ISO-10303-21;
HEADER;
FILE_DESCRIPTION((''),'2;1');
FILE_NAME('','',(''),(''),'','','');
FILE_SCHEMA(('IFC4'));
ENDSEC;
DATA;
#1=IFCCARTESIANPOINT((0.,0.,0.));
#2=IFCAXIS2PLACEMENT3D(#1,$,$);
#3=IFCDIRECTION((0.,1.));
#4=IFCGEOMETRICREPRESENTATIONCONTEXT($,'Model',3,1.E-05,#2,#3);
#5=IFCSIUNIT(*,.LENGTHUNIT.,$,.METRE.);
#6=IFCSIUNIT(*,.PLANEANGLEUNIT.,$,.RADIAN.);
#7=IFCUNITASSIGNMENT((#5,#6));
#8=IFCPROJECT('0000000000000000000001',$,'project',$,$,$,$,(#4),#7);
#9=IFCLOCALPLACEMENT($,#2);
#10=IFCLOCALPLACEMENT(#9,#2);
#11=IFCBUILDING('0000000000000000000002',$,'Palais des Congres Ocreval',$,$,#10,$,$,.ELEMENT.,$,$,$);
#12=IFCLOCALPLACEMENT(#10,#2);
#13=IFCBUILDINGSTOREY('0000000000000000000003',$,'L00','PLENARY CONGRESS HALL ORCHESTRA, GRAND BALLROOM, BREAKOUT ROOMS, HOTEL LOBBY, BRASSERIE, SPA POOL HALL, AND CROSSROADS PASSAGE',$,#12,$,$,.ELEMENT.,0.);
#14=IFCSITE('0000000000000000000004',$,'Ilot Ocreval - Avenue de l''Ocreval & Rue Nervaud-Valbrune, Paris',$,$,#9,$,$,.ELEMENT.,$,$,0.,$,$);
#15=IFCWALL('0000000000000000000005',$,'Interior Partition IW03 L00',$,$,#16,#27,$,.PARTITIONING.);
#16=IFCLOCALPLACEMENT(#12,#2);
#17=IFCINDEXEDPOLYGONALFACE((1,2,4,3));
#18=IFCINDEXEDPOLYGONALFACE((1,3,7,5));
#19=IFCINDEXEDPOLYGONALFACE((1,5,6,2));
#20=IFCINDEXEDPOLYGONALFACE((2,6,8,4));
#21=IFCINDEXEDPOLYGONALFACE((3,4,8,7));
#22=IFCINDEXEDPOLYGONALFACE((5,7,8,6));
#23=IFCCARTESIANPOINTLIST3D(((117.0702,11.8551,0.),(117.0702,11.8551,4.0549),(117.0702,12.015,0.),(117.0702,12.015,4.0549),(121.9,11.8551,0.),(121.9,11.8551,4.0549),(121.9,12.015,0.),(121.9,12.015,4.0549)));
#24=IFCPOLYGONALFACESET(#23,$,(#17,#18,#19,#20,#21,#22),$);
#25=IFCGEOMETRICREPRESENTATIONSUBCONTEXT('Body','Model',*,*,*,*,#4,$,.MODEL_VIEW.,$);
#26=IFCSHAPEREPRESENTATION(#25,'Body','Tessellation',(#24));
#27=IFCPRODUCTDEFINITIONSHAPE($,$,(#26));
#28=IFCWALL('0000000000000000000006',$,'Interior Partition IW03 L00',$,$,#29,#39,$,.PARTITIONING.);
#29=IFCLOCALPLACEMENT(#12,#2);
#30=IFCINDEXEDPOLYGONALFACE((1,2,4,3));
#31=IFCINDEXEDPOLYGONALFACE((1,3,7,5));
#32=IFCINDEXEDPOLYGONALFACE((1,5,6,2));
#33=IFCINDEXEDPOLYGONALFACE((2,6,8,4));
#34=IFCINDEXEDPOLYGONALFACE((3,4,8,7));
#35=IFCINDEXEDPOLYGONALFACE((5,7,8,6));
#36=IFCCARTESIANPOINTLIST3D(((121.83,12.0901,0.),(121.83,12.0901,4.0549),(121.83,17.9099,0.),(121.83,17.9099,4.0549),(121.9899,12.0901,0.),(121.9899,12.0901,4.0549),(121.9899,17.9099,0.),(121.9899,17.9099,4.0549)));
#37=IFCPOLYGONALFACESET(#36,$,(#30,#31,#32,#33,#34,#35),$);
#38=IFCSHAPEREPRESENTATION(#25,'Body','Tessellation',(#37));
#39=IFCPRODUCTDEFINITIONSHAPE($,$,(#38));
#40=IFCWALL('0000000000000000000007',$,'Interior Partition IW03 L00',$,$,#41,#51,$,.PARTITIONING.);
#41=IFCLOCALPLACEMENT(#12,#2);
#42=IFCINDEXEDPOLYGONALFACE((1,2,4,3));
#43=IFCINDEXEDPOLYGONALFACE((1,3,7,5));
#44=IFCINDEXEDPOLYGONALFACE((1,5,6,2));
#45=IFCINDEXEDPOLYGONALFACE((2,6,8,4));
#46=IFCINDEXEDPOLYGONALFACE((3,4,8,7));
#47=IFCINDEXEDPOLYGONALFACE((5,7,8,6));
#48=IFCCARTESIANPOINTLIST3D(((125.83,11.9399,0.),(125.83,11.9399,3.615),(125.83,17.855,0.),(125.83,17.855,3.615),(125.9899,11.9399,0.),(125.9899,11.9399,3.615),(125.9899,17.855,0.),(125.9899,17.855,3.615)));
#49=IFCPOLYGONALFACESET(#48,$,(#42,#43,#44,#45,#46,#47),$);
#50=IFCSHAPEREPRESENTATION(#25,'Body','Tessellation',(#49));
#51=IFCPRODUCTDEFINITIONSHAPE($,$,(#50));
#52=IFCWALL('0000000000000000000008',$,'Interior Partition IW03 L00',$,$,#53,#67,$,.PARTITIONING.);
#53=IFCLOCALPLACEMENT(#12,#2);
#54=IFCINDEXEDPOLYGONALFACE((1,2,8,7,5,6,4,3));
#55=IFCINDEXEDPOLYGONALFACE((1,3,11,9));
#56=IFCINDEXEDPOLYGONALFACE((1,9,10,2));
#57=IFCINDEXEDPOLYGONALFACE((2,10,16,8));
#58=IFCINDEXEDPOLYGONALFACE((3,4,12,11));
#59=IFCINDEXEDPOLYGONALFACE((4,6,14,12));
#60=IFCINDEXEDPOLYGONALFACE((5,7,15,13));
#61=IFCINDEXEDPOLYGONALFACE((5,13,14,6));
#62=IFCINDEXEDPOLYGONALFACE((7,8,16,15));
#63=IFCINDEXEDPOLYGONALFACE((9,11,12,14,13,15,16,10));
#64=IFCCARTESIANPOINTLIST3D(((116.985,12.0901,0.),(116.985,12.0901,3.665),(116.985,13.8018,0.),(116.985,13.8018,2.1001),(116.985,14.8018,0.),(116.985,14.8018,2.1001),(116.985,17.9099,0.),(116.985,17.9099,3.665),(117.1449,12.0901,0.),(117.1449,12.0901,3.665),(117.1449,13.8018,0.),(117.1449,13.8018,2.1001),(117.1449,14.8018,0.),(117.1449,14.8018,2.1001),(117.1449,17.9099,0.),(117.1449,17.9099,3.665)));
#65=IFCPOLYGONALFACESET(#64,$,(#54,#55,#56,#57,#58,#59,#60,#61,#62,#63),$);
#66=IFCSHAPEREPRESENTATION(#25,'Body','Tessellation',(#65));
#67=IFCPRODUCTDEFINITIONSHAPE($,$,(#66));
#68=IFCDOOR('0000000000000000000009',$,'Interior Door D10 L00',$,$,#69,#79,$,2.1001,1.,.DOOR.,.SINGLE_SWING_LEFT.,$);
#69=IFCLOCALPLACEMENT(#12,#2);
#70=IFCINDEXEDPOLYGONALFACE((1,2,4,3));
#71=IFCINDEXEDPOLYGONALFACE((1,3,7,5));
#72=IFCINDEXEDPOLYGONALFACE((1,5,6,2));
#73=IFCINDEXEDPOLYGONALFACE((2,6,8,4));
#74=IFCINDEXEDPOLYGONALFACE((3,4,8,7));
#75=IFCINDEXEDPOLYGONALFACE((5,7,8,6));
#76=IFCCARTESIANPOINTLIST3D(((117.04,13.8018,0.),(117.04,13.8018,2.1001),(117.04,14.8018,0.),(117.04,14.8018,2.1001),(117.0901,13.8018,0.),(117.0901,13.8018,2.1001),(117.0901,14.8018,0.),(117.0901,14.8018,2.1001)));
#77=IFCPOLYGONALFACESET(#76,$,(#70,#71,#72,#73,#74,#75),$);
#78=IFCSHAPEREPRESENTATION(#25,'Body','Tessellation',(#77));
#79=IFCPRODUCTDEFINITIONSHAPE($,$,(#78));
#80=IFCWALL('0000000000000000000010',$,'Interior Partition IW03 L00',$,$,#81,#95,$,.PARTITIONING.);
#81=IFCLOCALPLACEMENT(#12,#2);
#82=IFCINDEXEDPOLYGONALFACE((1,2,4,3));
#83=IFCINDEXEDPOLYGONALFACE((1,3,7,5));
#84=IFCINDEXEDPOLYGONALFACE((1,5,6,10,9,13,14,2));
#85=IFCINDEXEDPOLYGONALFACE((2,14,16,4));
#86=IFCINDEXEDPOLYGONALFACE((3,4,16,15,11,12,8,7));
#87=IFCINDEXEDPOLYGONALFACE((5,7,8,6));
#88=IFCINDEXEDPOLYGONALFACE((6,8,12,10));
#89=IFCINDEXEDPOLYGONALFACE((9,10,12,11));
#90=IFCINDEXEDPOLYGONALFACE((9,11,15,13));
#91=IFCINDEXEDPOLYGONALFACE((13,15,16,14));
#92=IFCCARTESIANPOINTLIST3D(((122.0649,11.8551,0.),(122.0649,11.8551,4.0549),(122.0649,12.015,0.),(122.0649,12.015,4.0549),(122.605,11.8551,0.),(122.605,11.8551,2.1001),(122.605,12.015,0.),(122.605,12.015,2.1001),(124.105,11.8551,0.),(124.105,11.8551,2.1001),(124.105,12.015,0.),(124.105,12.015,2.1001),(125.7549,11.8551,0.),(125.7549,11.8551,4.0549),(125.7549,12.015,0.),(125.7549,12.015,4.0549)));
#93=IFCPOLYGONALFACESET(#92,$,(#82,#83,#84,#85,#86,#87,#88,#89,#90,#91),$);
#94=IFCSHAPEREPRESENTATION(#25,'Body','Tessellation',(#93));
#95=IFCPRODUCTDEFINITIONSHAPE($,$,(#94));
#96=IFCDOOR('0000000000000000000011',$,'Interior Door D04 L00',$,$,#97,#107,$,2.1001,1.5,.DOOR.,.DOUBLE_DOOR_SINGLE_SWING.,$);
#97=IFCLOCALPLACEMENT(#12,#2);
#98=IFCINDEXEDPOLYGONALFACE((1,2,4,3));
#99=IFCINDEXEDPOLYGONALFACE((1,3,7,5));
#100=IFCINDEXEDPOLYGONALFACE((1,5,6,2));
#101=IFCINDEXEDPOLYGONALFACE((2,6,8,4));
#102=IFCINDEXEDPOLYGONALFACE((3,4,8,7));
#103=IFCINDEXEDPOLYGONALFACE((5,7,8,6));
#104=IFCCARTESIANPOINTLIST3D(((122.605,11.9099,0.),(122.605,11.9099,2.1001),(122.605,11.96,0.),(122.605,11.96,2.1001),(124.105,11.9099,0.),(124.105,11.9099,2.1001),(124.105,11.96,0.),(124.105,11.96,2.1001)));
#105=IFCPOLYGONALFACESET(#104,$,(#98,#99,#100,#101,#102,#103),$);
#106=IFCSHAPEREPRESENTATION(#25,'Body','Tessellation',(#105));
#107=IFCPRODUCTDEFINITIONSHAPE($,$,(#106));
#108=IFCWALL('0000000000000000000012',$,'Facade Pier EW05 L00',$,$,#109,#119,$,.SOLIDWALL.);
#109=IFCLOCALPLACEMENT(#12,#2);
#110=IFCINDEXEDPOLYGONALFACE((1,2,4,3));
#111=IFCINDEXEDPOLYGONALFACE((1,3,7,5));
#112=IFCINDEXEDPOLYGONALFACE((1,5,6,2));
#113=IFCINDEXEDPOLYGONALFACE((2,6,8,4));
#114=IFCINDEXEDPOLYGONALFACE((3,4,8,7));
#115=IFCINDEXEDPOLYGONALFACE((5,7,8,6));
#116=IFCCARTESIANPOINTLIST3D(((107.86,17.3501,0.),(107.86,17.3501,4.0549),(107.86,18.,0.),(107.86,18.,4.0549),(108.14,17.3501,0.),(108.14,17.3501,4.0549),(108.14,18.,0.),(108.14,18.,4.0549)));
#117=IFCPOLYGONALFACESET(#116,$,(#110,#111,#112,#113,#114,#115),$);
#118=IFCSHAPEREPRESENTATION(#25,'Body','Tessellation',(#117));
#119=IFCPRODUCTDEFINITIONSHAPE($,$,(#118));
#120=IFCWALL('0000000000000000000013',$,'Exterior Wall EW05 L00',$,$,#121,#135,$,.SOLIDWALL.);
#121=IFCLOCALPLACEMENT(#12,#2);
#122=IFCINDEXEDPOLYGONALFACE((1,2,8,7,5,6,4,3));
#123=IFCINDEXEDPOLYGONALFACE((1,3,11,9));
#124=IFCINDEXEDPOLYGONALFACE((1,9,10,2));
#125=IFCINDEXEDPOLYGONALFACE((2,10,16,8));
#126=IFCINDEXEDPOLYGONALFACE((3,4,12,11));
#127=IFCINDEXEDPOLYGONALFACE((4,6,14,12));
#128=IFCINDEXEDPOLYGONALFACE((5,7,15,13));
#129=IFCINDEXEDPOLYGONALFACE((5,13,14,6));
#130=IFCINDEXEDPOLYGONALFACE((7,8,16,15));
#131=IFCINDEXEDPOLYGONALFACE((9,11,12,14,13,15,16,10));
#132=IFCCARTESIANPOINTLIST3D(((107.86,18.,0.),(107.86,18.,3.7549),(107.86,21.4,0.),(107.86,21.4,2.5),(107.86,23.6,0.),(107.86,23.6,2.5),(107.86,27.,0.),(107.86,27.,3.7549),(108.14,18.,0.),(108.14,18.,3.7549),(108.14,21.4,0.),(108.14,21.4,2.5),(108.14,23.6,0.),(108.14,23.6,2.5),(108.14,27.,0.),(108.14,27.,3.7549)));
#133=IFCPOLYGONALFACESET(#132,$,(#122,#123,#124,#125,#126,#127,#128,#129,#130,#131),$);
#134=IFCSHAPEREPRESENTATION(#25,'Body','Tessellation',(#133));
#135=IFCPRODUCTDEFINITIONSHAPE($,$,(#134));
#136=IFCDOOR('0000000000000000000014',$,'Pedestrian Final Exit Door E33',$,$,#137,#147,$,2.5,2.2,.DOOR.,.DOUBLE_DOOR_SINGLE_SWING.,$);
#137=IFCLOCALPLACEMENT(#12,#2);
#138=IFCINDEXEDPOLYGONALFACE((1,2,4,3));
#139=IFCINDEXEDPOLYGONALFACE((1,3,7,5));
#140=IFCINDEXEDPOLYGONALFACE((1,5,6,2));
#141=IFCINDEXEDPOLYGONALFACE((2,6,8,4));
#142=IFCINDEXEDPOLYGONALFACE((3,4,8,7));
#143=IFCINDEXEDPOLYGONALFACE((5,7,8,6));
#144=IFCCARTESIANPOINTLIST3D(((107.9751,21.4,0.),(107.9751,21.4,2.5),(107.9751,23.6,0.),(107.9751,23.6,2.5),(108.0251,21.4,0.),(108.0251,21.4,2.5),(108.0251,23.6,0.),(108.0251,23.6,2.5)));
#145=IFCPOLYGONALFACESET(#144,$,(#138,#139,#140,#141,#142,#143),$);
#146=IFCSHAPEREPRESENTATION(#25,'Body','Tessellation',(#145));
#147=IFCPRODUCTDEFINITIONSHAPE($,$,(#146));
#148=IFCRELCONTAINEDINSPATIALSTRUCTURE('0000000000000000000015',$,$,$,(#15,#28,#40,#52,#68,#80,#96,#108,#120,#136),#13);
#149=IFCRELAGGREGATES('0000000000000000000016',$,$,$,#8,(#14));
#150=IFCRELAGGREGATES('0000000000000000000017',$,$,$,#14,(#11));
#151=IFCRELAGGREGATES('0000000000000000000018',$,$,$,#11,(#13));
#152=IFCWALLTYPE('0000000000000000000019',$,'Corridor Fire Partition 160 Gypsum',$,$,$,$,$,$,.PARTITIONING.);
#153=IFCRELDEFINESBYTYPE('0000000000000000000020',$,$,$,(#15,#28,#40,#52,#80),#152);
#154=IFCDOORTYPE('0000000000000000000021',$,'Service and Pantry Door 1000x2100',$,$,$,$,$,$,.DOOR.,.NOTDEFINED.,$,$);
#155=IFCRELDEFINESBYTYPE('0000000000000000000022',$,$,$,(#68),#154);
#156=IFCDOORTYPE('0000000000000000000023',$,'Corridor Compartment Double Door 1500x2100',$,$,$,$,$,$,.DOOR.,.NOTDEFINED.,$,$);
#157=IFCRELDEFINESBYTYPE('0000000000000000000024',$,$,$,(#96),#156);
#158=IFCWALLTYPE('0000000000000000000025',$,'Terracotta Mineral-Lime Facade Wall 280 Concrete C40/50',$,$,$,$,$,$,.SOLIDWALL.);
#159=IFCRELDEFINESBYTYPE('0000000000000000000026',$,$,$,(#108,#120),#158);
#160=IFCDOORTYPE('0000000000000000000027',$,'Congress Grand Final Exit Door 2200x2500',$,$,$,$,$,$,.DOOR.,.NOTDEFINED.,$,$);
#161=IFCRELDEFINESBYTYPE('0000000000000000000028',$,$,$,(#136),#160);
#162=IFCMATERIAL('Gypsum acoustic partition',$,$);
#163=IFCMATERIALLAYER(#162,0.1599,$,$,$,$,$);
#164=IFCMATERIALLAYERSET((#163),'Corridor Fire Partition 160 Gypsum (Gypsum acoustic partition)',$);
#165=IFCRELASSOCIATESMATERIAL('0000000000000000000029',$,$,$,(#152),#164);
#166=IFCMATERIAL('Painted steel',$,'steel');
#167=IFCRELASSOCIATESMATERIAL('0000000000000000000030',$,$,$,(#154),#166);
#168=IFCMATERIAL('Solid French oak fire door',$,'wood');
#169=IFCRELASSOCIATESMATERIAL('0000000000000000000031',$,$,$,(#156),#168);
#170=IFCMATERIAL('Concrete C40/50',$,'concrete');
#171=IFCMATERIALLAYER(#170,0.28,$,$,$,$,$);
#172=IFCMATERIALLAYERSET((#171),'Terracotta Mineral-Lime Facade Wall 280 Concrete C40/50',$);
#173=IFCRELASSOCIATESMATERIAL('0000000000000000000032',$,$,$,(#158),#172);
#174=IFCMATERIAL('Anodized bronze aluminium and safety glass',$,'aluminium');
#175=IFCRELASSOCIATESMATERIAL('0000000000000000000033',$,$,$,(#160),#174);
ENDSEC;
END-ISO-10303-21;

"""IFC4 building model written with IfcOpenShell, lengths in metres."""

from ifc_helpers import new_model, si_unit, direction, frame, frame_2d, origin, place, context, subcontext, project, spatial, rectangle, extrude, material, layer, layer_set, type_object, element, fill, save


model = new_model("IFC4")

# Units and contexts
model_context = context("Model", 3, precision=1e-05, world=origin(), true_north=direction((0.0, 1.0)))
body_context = subcontext(model_context, "Body", "Model", "MODEL_VIEW")
ifc_project = project(units=[si_unit("LENGTHUNIT", "METRE"), si_unit("PLANEANGLEUNIT", "RADIAN")], contexts=[model_context])

# Site, building, storey
site_placement = place(None, origin())
site = spatial("IfcSite", under=ifc_project, at=site_placement, Name="Ilot Ocreval - Avenue de l'Ocreval & Rue Nervaud-Valbrune, Paris", CompositionType="ELEMENT", RefElevation=0.0)
building_placement = place(site_placement, origin())
building = spatial("IfcBuilding", under=site, at=building_placement, Name="Palais des Congres Ocreval", CompositionType="ELEMENT")
storey_placement = place(building_placement, origin())
storey = spatial("IfcBuildingStorey", under=building, at=storey_placement, Name="L00", Description="PLENARY CONGRESS HALL ORCHESTRA, GRAND BALLROOM, BREAKOUT ROOMS, HOTEL LOBBY, BRASSERIE, SPA POOL HALL, AND CROSSROADS PASSAGE", CompositionType="ELEMENT", Elevation=0.0)

# Walls
ifc_material_1 = material(Name="Gypsum acoustic partition")
ifc_layer_1 = layer(ifc_material_1, 0.1599)
ifc_layer_set_1 = layer_set([ifc_layer_1], Name="Corridor Fire Partition 160 Gypsum (Gypsum acoustic partition)")
wall_type_1 = type_object("IfcWallType", Name="Corridor Fire Partition 160 Gypsum", PredefinedType="PARTITIONING", material=ifc_layer_set_1)
wall_1_placement = place(storey_placement, frame((117.0701, 11.9351, 0.0), z_axis=(0.0, 0.0, 1.0), x_axis=(1.0, 0.0, 0.0)))
element("IfcWall", 1, at=wall_1_placement, inside=storey, type_object=wall_type_1, Name="Interior Partition IW03 L00", PredefinedType="PARTITIONING", context=body_context, shape_type="SweptSolid", body=[
    extrude(rectangle(XDim=4.8298, YDim=0.1599, at=frame_2d((2.415, 0.0))), origin(), (0.0, 0.0, 1.0), 4.0549),
])
wall_2_placement = place(storey_placement, frame((121.9099, 12.0901, 0.0), z_axis=(0.0, 0.0, 1.0), x_axis=(0.0, 1.0, 0.0)))
element("IfcWall", 2, at=wall_2_placement, inside=storey, type_object=wall_type_1, Name="Interior Partition IW03 L00", PredefinedType="PARTITIONING", context=body_context, shape_type="SweptSolid", body=[
    extrude(rectangle(XDim=5.8198, YDim=0.1599, at=frame_2d((2.9099, 0.0))), origin(), (0.0, 0.0, 1.0), 4.0549),
])
wall_3_placement = place(storey_placement, frame((125.9099, 11.9399, 0.0), z_axis=(0.0, 0.0, 1.0), x_axis=(0.0, 1.0, 0.0)))
element("IfcWall", 3, at=wall_3_placement, inside=storey, type_object=wall_type_1, Name="Interior Partition IW03 L00", PredefinedType="PARTITIONING", context=body_context, shape_type="SweptSolid", body=[
    extrude(rectangle(XDim=5.915, YDim=0.1599, at=frame_2d((2.9575, 0.0))), origin(), (0.0, 0.0, 1.0), 3.615),
])

# Walls, openings, doors
wall_4_placement = place(storey_placement, frame((117.0649, 12.0901, 0.0), z_axis=(0.0, 0.0, 1.0), x_axis=(0.0, 1.0, 0.0)))
wall_4 = element("IfcWall", 4, at=wall_4_placement, inside=storey, type_object=wall_type_1, Name="Interior Partition IW03 L00", PredefinedType="PARTITIONING", context=body_context, shape_type="SweptSolid", body=[
    extrude(rectangle(XDim=5.8198, YDim=0.1599, at=frame_2d((2.9099, 0.0))), origin(), (0.0, 0.0, 1.0), 3.665),
])
opening_1_placement = place(wall_4_placement, frame((1.7117, 0.0, 0.0)))
opening_1 = element("IfcOpeningElement", 5, at=opening_1_placement, cuts=wall_4, PredefinedType="OPENING", context=body_context, shape_type="SweptSolid", body=[
    extrude(rectangle(XDim=1.0, YDim=2.1001, at=frame_2d((0.5, 1.05))), frame((0.0, 0.0898, 0.0), z_axis=(0.0, -1.0, 0.0), x_axis=(1.0, 0.0, 0.0)), (0.0, 0.0, 1.0), 0.1799),
])
ifc_material_2 = material(Name="Painted steel", Category="steel")
door_type_1 = type_object("IfcDoorType", Name="Service and Pantry Door 1000x2100", OperationType="NOTDEFINED", PredefinedType="DOOR", material=ifc_material_2)
door_1_placement = place(opening_1_placement, origin())
door_1 = element("IfcDoor", 6, at=door_1_placement, inside=storey, type_object=door_type_1, Name="Interior Door D10 L00", OperationType="SINGLE_SWING_LEFT", OverallHeight=2.1001, OverallWidth=1.0, PredefinedType="DOOR", context=body_context, shape_type="SweptSolid", body=[
    extrude(rectangle(XDim=1.0, YDim=2.1001, at=frame_2d((0.5, 1.05))), frame((0.0, 0.0249, 0.0), z_axis=(0.0, -1.0, 0.0), x_axis=(1.0, 0.0, 0.0)), (0.0, 0.0, 1.0), 0.05),
])
fill(opening_1, door_1)
wall_5_placement = place(storey_placement, frame((122.0649, 11.9351, 0.0), z_axis=(0.0, 0.0, 1.0), x_axis=(1.0, 0.0, 0.0)))
wall_5 = element("IfcWall", 7, at=wall_5_placement, inside=storey, type_object=wall_type_1, Name="Interior Partition IW03 L00", PredefinedType="PARTITIONING", context=body_context, shape_type="SweptSolid", body=[
    extrude(rectangle(XDim=3.6899, YDim=0.1599, at=frame_2d((1.845, 0.0))), origin(), (0.0, 0.0, 1.0), 4.0549),
])
opening_2_placement = place(wall_5_placement, frame((0.54, 0.0, 0.0)))
opening_2 = element("IfcOpeningElement", 8, at=opening_2_placement, cuts=wall_5, PredefinedType="OPENING", context=body_context, shape_type="SweptSolid", body=[
    extrude(rectangle(XDim=1.5, YDim=2.1001, at=frame_2d((0.75, 1.05))), frame((0.0, 0.0898, 0.0), z_axis=(0.0, -1.0, 0.0), x_axis=(1.0, 0.0, 0.0)), (0.0, 0.0, 1.0), 0.1799),
])
ifc_material_3 = material(Name="Solid French oak fire door", Category="wood")
door_type_2 = type_object("IfcDoorType", Name="Corridor Compartment Double Door 1500x2100", OperationType="NOTDEFINED", PredefinedType="DOOR", material=ifc_material_3)
door_2_placement = place(opening_2_placement, origin())
door_2 = element("IfcDoor", 9, at=door_2_placement, inside=storey, type_object=door_type_2, Name="Interior Door D04 L00", OperationType="DOUBLE_DOOR_SINGLE_SWING", OverallHeight=2.1001, OverallWidth=1.5, PredefinedType="DOOR", context=body_context, shape_type="SweptSolid", body=[
    extrude(rectangle(XDim=1.5, YDim=2.1001, at=frame_2d((0.75, 1.05))), frame((0.0, 0.0249, 0.0), z_axis=(0.0, -1.0, 0.0), x_axis=(1.0, 0.0, 0.0)), (0.0, 0.0, 1.0), 0.05),
])
fill(opening_2, door_2)

# Wall
ifc_material_4 = material(Name="Concrete C40/50", Category="concrete")
ifc_layer_2 = layer(ifc_material_4, 0.28)
ifc_layer_set_2 = layer_set([ifc_layer_2], Name="Terracotta Mineral-Lime Facade Wall 280 Concrete C40/50")
wall_type_2 = type_object("IfcWallType", Name="Terracotta Mineral-Lime Facade Wall 280 Concrete C40/50", PredefinedType="SOLIDWALL", material=ifc_layer_set_2)
wall_6_placement = place(storey_placement, frame((108.0, 17.3501, 0.0), z_axis=(0.0, 0.0, 1.0), x_axis=(0.0, 1.0, 0.0)))
element("IfcWall", 10, at=wall_6_placement, inside=storey, type_object=wall_type_2, Name="Facade Pier EW05 L00", PredefinedType="SOLIDWALL", context=body_context, shape_type="SweptSolid", body=[
    extrude(rectangle(XDim=0.6499, YDim=0.28, at=frame_2d((0.325, 0.0))), origin(), (0.0, 0.0, 1.0), 4.0549),
])

# Wall, opening, door
wall_7_placement = place(storey_placement, frame((108.0, 18.0, 0.0), z_axis=(0.0, 0.0, 1.0), x_axis=(0.0, 1.0, 0.0)))
wall_7 = element("IfcWall", 11, at=wall_7_placement, inside=storey, type_object=wall_type_2, Name="Exterior Wall EW05 L00", PredefinedType="SOLIDWALL", context=body_context, shape_type="SweptSolid", body=[
    extrude(rectangle(XDim=9.0, YDim=0.28, at=frame_2d((4.5, 0.0))), origin(), (0.0, 0.0, 1.0), 3.7549),
])
opening_3_placement = place(wall_7_placement, frame((3.3999, 0.0, 0.0)))
opening_3 = element("IfcOpeningElement", 12, at=opening_3_placement, cuts=wall_7, PredefinedType="OPENING", context=body_context, shape_type="SweptSolid", body=[
    extrude(rectangle(XDim=2.2, YDim=2.5, at=frame_2d((1.1001, 1.25))), frame((0.0, 0.1499, 0.0), z_axis=(0.0, -1.0, 0.0), x_axis=(1.0, 0.0, 0.0)), (0.0, 0.0, 1.0), 0.3),
])
ifc_material_5 = material(Name="Anodized bronze aluminium and safety glass", Category="aluminium")
door_type_3 = type_object("IfcDoorType", Name="Congress Grand Final Exit Door 2200x2500", OperationType="NOTDEFINED", PredefinedType="DOOR", material=ifc_material_5)
door_3_placement = place(opening_3_placement, origin())
door_3 = element("IfcDoor", 13, at=door_3_placement, inside=storey, type_object=door_type_3, Name="Pedestrian Final Exit Door E33", OperationType="DOUBLE_DOOR_SINGLE_SWING", OverallHeight=2.5, OverallWidth=2.2, PredefinedType="DOOR", context=body_context, shape_type="SweptSolid", body=[
    extrude(rectangle(XDim=2.2, YDim=2.5, at=frame_2d((1.1001, 1.25))), frame((0.0, 0.0249, 0.0), z_axis=(0.0, -1.0, 0.0), x_axis=(1.0, 0.0, 0.0)), (0.0, 0.0, 1.0), 0.05),
])
fill(opening_3, door_3)

save(model, "model.ifc")
